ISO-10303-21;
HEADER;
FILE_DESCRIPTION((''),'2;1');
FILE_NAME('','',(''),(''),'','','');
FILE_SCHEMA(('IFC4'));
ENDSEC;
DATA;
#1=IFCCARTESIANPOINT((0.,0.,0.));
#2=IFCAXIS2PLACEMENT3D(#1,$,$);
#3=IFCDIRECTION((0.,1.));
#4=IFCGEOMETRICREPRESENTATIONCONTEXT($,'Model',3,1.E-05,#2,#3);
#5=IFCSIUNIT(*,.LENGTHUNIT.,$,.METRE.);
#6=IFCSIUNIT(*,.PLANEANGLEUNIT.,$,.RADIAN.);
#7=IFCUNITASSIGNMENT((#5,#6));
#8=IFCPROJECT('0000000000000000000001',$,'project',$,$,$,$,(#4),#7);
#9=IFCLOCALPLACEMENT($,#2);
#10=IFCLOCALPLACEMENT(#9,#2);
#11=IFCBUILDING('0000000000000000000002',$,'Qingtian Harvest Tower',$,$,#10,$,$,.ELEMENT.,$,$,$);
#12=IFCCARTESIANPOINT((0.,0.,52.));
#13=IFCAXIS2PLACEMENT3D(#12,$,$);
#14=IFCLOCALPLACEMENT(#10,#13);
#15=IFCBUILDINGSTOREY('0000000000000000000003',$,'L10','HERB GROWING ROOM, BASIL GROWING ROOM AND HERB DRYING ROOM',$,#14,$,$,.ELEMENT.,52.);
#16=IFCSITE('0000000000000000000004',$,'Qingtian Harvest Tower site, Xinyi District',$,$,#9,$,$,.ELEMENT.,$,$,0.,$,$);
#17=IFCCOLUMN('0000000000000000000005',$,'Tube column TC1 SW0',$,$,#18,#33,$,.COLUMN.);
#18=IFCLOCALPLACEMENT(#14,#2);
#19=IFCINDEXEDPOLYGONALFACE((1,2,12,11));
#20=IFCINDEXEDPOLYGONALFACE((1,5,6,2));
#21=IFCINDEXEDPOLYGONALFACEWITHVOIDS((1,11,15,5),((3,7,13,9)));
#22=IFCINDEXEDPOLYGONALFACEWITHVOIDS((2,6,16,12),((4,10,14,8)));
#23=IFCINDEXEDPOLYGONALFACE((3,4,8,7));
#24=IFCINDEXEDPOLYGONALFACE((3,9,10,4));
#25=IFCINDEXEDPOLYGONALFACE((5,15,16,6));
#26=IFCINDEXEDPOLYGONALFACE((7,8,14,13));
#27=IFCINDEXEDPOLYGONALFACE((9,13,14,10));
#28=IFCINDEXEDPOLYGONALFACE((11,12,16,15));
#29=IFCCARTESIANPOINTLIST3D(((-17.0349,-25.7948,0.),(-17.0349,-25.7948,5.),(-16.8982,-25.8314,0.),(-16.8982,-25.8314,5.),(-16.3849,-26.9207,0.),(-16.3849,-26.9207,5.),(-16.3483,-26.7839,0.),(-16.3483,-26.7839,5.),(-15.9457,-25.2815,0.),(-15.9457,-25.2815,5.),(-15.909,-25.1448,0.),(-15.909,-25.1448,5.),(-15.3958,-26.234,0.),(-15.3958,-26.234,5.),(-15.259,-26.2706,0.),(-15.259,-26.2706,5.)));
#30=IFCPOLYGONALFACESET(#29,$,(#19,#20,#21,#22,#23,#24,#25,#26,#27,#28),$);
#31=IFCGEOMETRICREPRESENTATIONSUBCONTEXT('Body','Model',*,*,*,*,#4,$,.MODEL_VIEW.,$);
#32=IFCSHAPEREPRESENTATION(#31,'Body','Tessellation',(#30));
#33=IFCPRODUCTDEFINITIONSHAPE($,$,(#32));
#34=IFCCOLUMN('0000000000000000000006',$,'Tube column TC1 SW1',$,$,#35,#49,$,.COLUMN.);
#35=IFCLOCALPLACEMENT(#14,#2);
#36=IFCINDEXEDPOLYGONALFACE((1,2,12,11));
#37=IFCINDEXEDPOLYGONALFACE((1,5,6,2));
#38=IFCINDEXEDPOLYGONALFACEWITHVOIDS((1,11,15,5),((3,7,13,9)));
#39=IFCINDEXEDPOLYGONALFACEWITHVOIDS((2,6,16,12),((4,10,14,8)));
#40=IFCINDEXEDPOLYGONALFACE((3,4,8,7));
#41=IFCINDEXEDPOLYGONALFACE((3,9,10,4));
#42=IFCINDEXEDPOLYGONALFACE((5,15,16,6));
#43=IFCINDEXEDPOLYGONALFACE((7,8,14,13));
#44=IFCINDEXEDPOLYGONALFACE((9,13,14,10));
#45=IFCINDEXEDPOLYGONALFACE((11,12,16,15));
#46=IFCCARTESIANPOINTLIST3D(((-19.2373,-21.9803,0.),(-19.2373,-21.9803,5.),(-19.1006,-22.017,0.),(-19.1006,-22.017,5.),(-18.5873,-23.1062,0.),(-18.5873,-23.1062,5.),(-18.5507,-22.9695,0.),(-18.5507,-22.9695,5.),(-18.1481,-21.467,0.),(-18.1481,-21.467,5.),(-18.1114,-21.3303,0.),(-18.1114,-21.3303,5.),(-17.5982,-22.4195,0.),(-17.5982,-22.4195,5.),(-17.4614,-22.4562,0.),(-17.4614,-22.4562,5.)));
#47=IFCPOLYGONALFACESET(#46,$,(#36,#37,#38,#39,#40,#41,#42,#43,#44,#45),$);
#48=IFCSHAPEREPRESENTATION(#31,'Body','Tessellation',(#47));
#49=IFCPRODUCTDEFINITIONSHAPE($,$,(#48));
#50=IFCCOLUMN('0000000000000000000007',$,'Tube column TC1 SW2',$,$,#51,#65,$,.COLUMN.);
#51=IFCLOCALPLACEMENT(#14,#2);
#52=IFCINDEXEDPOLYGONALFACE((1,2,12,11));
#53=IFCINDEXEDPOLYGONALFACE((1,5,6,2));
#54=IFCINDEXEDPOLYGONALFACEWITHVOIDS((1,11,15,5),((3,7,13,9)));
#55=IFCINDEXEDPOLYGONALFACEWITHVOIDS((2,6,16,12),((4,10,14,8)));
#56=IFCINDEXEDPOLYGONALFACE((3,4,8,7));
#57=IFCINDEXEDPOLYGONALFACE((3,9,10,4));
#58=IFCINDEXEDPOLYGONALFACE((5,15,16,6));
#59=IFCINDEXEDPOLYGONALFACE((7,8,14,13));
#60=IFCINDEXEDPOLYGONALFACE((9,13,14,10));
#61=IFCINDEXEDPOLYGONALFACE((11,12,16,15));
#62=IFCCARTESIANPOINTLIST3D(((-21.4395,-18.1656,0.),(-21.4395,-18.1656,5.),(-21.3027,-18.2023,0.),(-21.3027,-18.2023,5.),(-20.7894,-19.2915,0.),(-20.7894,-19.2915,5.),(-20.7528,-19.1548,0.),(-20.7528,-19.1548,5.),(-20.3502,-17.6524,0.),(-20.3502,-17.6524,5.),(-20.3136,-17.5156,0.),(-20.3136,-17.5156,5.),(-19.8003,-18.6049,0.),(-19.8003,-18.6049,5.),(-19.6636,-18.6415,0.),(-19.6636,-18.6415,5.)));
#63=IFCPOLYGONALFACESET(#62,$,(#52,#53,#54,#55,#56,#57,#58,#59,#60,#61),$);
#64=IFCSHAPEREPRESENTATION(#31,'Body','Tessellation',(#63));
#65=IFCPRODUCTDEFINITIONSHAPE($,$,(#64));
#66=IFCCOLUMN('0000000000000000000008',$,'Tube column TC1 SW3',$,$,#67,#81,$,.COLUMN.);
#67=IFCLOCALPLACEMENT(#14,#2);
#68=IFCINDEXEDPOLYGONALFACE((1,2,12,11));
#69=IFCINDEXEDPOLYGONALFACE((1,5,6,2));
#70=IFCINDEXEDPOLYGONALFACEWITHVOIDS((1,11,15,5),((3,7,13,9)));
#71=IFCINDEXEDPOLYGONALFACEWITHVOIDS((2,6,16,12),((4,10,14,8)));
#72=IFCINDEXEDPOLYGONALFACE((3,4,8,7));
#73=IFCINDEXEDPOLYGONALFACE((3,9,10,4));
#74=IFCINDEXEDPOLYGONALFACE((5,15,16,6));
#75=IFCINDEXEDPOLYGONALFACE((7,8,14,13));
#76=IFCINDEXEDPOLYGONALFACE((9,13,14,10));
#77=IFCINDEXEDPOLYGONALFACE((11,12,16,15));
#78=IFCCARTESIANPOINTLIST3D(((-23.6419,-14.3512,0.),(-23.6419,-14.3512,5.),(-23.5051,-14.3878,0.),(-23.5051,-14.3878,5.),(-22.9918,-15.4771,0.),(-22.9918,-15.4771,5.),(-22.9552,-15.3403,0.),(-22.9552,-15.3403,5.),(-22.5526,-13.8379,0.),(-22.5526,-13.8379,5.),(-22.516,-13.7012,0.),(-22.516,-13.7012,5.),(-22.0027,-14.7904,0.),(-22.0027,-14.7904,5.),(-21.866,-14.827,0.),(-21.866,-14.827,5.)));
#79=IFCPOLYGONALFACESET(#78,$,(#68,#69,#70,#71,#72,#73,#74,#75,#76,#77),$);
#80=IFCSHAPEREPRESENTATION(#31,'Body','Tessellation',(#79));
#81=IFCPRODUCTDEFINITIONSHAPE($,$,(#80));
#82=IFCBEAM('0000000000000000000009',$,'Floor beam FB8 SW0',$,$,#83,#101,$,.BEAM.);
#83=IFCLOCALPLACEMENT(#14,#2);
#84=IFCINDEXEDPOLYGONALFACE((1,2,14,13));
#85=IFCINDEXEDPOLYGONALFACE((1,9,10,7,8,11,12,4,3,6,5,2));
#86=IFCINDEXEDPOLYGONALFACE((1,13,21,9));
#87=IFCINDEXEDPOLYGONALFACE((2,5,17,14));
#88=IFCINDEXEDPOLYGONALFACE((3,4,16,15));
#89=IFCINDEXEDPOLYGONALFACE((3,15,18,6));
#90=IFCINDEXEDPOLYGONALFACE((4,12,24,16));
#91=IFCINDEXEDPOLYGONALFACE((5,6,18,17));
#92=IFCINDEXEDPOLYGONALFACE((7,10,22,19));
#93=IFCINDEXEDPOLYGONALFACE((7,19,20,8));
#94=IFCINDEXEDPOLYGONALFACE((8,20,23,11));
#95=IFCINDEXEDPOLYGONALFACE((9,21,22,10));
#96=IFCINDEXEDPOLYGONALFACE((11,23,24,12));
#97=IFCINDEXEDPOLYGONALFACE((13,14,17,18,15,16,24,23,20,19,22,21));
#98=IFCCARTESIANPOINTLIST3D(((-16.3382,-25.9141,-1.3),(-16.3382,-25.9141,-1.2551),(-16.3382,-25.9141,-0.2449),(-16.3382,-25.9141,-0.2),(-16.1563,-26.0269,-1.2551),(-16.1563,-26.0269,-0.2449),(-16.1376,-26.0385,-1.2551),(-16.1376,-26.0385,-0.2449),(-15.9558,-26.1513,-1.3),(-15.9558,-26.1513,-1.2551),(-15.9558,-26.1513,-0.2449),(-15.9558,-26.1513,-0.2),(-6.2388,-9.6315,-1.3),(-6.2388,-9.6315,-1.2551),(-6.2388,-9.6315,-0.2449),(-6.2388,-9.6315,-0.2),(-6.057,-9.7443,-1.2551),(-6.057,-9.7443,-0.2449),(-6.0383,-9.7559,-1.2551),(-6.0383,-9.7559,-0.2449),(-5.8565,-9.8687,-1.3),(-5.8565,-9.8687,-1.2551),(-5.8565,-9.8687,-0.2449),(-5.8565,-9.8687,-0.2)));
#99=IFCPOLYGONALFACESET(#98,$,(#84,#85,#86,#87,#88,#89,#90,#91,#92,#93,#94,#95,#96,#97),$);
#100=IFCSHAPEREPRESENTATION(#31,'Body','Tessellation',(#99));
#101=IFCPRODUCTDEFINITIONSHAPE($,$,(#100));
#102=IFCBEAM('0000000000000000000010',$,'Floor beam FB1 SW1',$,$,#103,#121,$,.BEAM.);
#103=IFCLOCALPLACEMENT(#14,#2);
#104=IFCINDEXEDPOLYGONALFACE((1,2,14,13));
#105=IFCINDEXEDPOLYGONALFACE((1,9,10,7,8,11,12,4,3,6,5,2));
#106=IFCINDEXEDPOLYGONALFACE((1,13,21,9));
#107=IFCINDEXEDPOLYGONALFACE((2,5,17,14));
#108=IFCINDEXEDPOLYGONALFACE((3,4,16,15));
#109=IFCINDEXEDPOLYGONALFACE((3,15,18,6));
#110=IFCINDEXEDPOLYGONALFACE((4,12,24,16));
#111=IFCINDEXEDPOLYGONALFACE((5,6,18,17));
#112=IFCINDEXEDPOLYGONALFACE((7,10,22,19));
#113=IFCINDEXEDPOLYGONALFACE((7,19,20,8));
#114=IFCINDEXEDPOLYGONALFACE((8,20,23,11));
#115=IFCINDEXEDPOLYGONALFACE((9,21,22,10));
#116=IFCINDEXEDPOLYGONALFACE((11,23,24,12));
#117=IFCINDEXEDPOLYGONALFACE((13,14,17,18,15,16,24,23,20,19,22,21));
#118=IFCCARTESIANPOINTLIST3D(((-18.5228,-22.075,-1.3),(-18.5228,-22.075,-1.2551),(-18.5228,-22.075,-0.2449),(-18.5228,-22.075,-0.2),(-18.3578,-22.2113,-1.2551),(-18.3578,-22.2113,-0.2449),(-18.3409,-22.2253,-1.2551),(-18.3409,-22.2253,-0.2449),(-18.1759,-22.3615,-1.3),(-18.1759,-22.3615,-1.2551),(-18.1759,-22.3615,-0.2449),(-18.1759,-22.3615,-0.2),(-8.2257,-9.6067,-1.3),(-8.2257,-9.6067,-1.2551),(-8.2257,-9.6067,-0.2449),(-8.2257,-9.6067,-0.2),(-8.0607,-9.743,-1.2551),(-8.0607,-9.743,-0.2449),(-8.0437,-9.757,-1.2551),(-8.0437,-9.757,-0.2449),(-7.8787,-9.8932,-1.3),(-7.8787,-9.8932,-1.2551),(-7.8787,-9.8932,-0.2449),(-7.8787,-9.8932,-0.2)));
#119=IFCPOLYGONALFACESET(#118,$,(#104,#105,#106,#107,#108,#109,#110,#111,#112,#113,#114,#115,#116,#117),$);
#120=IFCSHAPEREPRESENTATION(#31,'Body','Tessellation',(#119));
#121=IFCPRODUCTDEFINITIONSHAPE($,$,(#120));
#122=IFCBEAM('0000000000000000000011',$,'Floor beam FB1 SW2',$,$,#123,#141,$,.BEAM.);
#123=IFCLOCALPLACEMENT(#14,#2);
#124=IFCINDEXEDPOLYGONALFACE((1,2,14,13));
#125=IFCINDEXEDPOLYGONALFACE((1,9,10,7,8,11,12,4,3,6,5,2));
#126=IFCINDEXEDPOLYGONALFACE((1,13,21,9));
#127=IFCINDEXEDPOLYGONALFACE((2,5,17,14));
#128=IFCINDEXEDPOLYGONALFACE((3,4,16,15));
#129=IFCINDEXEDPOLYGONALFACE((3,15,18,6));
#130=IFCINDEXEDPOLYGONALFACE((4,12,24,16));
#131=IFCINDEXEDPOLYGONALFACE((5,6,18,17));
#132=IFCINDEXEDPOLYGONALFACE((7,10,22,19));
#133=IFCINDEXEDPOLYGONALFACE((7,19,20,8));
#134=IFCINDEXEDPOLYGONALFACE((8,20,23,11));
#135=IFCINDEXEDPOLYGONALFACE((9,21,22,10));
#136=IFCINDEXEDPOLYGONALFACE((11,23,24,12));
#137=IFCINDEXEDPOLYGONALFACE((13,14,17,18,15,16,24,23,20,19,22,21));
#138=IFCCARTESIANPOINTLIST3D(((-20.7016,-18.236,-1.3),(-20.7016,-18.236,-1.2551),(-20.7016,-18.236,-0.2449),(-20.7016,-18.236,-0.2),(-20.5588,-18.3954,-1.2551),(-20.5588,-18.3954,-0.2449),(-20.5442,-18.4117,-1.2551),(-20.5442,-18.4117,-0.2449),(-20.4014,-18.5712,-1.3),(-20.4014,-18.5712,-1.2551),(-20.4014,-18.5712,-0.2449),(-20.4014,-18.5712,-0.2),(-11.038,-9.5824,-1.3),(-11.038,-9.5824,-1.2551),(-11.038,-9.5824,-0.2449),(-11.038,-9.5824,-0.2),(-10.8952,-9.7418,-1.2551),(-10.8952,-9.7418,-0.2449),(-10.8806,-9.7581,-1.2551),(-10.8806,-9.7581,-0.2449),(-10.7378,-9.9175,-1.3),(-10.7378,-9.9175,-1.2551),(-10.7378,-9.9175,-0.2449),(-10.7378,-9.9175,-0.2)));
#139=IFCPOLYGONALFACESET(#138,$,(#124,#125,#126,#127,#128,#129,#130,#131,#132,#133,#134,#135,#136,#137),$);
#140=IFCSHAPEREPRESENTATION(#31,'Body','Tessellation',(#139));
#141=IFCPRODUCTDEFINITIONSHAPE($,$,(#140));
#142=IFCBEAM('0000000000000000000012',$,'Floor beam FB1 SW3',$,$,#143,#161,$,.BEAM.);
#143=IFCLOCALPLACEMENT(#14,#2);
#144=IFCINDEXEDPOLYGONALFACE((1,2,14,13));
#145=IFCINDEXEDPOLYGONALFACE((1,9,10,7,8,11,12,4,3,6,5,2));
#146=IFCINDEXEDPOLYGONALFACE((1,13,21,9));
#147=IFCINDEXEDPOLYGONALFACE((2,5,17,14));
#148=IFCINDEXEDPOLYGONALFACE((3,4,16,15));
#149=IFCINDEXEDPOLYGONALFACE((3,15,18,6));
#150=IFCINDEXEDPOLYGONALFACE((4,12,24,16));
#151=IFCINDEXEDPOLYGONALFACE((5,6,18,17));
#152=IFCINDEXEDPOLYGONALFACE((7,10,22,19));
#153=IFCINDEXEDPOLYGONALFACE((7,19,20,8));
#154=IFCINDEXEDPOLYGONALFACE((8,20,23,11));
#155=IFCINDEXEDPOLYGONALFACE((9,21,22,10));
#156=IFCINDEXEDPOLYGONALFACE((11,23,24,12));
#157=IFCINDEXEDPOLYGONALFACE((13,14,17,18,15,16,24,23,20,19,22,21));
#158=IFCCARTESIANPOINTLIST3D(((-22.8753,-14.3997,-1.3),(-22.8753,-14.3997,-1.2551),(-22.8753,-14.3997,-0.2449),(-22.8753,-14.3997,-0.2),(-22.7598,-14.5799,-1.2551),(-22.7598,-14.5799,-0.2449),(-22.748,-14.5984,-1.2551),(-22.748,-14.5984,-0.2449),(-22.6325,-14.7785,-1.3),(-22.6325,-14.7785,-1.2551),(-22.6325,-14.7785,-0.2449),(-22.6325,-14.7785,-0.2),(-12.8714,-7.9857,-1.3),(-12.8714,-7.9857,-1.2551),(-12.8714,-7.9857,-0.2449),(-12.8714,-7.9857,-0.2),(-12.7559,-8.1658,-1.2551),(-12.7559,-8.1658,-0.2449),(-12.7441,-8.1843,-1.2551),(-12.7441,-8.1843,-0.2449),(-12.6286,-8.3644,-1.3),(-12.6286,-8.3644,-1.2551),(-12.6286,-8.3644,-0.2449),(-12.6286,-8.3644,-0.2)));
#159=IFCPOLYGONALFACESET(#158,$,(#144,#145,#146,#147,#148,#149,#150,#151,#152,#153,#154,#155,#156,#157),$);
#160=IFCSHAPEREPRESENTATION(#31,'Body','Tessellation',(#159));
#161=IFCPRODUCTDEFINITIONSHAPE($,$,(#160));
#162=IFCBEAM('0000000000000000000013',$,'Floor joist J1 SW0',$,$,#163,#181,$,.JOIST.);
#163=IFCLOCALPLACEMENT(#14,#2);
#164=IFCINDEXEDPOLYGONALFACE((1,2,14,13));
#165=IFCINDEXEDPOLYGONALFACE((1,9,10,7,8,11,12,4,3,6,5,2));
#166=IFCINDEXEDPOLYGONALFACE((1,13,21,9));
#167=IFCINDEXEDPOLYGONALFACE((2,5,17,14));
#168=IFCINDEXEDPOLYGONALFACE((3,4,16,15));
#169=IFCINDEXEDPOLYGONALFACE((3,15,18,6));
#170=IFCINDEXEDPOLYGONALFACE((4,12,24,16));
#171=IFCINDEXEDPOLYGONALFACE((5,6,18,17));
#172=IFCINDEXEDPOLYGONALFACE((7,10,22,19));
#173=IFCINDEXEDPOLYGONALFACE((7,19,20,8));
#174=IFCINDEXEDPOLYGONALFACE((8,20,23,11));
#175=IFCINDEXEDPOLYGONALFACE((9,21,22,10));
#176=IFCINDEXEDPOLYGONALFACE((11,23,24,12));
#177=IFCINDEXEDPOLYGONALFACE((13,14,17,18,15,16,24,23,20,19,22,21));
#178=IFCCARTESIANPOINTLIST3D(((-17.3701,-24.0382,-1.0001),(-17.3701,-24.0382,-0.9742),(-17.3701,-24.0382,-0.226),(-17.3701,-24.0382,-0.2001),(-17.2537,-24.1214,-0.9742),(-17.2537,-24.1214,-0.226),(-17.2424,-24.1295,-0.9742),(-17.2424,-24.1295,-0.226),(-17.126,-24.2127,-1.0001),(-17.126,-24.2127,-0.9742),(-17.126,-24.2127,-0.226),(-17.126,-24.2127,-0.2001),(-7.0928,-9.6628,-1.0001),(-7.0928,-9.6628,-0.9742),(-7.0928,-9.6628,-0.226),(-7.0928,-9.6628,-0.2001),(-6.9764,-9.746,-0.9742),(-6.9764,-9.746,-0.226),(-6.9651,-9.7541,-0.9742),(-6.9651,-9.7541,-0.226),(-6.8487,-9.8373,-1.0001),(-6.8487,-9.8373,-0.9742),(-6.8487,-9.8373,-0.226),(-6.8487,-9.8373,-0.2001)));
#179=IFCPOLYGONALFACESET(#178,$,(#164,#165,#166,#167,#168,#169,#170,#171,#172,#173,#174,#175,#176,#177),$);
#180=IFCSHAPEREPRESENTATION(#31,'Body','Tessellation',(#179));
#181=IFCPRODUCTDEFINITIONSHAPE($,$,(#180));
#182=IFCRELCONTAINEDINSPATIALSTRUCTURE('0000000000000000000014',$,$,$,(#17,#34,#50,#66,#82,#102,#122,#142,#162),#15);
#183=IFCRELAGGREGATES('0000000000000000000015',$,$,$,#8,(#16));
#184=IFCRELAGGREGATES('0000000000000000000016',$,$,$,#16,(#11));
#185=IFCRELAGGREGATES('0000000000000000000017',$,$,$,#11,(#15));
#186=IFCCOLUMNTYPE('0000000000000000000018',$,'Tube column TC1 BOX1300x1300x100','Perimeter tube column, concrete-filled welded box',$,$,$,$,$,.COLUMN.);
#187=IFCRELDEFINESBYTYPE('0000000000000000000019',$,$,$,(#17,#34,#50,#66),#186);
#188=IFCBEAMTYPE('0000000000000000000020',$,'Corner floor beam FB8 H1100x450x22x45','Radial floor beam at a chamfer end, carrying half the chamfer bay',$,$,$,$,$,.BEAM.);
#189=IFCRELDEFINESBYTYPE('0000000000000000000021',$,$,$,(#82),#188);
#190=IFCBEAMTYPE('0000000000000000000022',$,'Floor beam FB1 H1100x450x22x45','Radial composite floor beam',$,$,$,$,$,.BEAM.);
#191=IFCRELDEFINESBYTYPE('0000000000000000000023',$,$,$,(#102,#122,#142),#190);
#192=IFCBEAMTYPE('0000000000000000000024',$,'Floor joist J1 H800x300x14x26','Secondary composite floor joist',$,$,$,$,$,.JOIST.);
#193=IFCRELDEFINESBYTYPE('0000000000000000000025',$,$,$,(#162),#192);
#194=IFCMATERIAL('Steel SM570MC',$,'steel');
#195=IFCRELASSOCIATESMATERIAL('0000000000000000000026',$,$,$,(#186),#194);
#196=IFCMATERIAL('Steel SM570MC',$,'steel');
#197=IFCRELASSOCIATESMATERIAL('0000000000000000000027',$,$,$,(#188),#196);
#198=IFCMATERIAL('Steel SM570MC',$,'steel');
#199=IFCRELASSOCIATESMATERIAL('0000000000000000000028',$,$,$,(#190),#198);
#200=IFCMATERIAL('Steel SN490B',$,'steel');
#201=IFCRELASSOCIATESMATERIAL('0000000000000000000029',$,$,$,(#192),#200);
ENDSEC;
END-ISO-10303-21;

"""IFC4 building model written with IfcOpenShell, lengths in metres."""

from ifc_helpers import new_model, si_unit, direction, frame, origin, origin_2d, place, context, subcontext, project, spatial, hollow_rectangle, i_section, extrude, material, material_profile, profile_set, type_object, element, save


model = new_model("IFC4")

# Units and contexts
model_context = context("Model", 3, precision=1e-05, world=origin(), true_north=direction((0.0, 1.0)))
body_context = subcontext(model_context, "Body", "Model", "MODEL_VIEW")
ifc_project = project(units=[si_unit("LENGTHUNIT", "METRE"), si_unit("PLANEANGLEUNIT", "RADIAN")], contexts=[model_context])

# Site, building, storey
site_placement = place(None, origin())
site = spatial("IfcSite", under=ifc_project, at=site_placement, Name="Qingtian Harvest Tower site, Xinyi District", CompositionType="ELEMENT", RefElevation=0.0)
building_placement = place(site_placement, origin())
building = spatial("IfcBuilding", under=site, at=building_placement, Name="Qingtian Harvest Tower", CompositionType="ELEMENT")
storey_placement = place(building_placement, frame((0.0, 0.0, 52.0)))
storey = spatial("IfcBuildingStorey", under=building, at=storey_placement, Name="L10", Description="HERB GROWING ROOM, BASIL GROWING ROOM AND HERB DRYING ROOM", CompositionType="ELEMENT", Elevation=52.0)

# Columns
ifc_material_1 = material(Name="Steel SM570MC", Category="steel")
ifc_material_profile_1 = material_profile(ifc_material_1, hollow_rectangle(XDim=1.3, YDim=1.3, WallThickness=0.1001, at=origin_2d()), Name="BOX1300x1300x100")
ifc_profile_set_1 = profile_set([ifc_material_profile_1], Name="Steel SM570MC")
column_type = type_object("IfcColumnType", Name="Tube column TC1 BOX1300x1300x100", Description="Perimeter tube column, concrete-filled welded box", PredefinedType="COLUMN", material=ifc_profile_set_1)
for number, where, z_axis, x_axis, name in (
    (1, (-16.147, -26.0327, 0.0), (0.0, 0.0, 1.0), (0.5, -0.866025, 0.0), "Tube column TC1 SW0"),
    (2, (-18.3494, -22.2183, 0.0), (0.0, 0.0, 1.0), (0.5, -0.866025, 0.0), "Tube column TC1 SW1"),
    (3, (-20.5515, -18.4036, 0.0), (0.0, 0.0, 1.0), (0.5, -0.866025, 0.0), "Tube column TC1 SW2"),
    (4, (-22.7539, -14.5891, 0.0), (0.0, 0.0, 1.0), (0.5, -0.866025, 0.0), "Tube column TC1 SW3"),
):
    element("IfcColumn", number, at=place(storey_placement, frame(where, z_axis=z_axis, x_axis=x_axis)), inside=storey, type_object=column_type, Name=name, PredefinedType="COLUMN", context=body_context, shape_type="SweptSolid", body=[
        extrude(hollow_rectangle(XDim=1.3, YDim=1.3, WallThickness=0.1001, at=origin_2d()), origin(), (0.0, 0.0, 1.0), 5.0),
    ])

# Beams
ifc_material_2 = material(Name="Steel SM570MC", Category="steel")
ifc_material_profile_2 = material_profile(ifc_material_2, i_section(OverallWidth=0.45, OverallDepth=1.1001, WebThickness=0.022, FlangeThickness=0.0449, at=origin_2d()), Name="H1100x450x22x45")
ifc_profile_set_2 = profile_set([ifc_material_profile_2], Name="Steel SM570MC")
beam_type_1 = type_object("IfcBeamType", Name="Corner floor beam FB8 H1100x450x22x45", Description="Radial floor beam at a chamfer end, carrying half the chamfer bay", PredefinedType="BEAM", material=ifc_profile_set_2)
beam_1_placement = place(storey_placement, frame((-16.147, -26.0327, -0.75), z_axis=(0.527094, 0.849807, 0.0), x_axis=(-0.849807, 0.527094, 0.0)))
element("IfcBeam", 5, at=beam_1_placement, inside=storey, type_object=beam_type_1, Name="Floor beam FB8 SW0", PredefinedType="BEAM", context=body_context, shape_type="SweptSolid", body=[
    extrude(i_section(OverallWidth=0.45, OverallDepth=1.1001, WebThickness=0.022, FlangeThickness=0.0449, at=origin_2d()), origin(), (0.0, 0.0, 1.0), 19.1604),
])
ifc_material_3 = material(Name="Steel SM570MC", Category="steel")
ifc_material_profile_3 = material_profile(ifc_material_3, i_section(OverallWidth=0.45, OverallDepth=1.1001, WebThickness=0.022, FlangeThickness=0.0449, at=origin_2d()), Name="H1100x450x22x45")
ifc_profile_set_3 = profile_set([ifc_material_profile_3], Name="Steel SM570MC")
beam_type_2 = type_object("IfcBeamType", Name="Floor beam FB1 H1100x450x22x45", Description="Radial composite floor beam", PredefinedType="BEAM", material=ifc_profile_set_3)
beam_2_placement = place(storey_placement, frame((-18.3494, -22.2183, -0.75), z_axis=(0.63678, 0.771045, 0.0), x_axis=(-0.771045, 0.63678, 0.0)))
element("IfcBeam", 6, at=beam_2_placement, inside=storey, type_object=beam_type_2, Name="Floor beam FB1 SW1", PredefinedType="BEAM", context=body_context, shape_type="SweptSolid", body=[
    extrude(i_section(OverallWidth=0.45, OverallDepth=1.1001, WebThickness=0.022, FlangeThickness=0.0449, at=origin_2d()), origin(), (0.0, 0.0, 1.0), 16.1707),
])
beam_3_placement = place(storey_placement, frame((-20.5515, -18.4036, -0.75), z_axis=(0.744965, 0.667103, 0.0), x_axis=(-0.667103, 0.744965, 0.0)))
element("IfcBeam", 7, at=beam_3_placement, inside=storey, type_object=beam_type_2, Name="Floor beam FB1 SW2", PredefinedType="BEAM", context=body_context, shape_type="SweptSolid", body=[
    extrude(i_section(OverallWidth=0.45, OverallDepth=1.1001, WebThickness=0.022, FlangeThickness=0.0449, at=origin_2d()), origin(), (0.0, 0.0, 1.0), 12.9719),
])
beam_4_placement = place(storey_placement, frame((-22.7539, -14.5891, -0.75), z_axis=(0.841829, 0.539744, 0.0), x_axis=(-0.539744, 0.841829, 0.0)))
element("IfcBeam", 8, at=beam_4_placement, inside=storey, type_object=beam_type_2, Name="Floor beam FB1 SW3", PredefinedType="BEAM", context=body_context, shape_type="SweptSolid", body=[
    extrude(i_section(OverallWidth=0.45, OverallDepth=1.1001, WebThickness=0.022, FlangeThickness=0.0449, at=origin_2d()), origin(), (0.0, 0.0, 1.0), 11.8835),
])
ifc_material_4 = material(Name="Steel SN490B", Category="steel")
ifc_material_profile_4 = material_profile(ifc_material_4, i_section(OverallWidth=0.3, OverallDepth=0.8, WebThickness=0.0139, FlangeThickness=0.0259, at=origin_2d()), Name="H800x300x14x26")
ifc_profile_set_4 = profile_set([ifc_material_profile_4], Name="Steel SN490B")
beam_type_3 = type_object("IfcBeamType", Name="Floor joist J1 H800x300x14x26", Description="Secondary composite floor joist", PredefinedType="JOIST", material=ifc_profile_set_4)
beam_5_placement = place(storey_placement, frame((-17.248, -24.1255, -0.6001), z_axis=(0.581581, 0.813489, 0.0), x_axis=(-0.813489, 0.581581, 0.0)))
element("IfcBeam", 9, at=beam_5_placement, inside=storey, type_object=beam_type_3, Name="Floor joist J1 SW0", PredefinedType="JOIST", context=body_context, shape_type="SweptSolid", body=[
    extrude(i_section(OverallWidth=0.3, OverallDepth=0.8, WebThickness=0.0139, FlangeThickness=0.0259, at=origin_2d()), origin(), (0.0, 0.0, 1.0), 17.6714),
])

save(model, "model.ifc")
